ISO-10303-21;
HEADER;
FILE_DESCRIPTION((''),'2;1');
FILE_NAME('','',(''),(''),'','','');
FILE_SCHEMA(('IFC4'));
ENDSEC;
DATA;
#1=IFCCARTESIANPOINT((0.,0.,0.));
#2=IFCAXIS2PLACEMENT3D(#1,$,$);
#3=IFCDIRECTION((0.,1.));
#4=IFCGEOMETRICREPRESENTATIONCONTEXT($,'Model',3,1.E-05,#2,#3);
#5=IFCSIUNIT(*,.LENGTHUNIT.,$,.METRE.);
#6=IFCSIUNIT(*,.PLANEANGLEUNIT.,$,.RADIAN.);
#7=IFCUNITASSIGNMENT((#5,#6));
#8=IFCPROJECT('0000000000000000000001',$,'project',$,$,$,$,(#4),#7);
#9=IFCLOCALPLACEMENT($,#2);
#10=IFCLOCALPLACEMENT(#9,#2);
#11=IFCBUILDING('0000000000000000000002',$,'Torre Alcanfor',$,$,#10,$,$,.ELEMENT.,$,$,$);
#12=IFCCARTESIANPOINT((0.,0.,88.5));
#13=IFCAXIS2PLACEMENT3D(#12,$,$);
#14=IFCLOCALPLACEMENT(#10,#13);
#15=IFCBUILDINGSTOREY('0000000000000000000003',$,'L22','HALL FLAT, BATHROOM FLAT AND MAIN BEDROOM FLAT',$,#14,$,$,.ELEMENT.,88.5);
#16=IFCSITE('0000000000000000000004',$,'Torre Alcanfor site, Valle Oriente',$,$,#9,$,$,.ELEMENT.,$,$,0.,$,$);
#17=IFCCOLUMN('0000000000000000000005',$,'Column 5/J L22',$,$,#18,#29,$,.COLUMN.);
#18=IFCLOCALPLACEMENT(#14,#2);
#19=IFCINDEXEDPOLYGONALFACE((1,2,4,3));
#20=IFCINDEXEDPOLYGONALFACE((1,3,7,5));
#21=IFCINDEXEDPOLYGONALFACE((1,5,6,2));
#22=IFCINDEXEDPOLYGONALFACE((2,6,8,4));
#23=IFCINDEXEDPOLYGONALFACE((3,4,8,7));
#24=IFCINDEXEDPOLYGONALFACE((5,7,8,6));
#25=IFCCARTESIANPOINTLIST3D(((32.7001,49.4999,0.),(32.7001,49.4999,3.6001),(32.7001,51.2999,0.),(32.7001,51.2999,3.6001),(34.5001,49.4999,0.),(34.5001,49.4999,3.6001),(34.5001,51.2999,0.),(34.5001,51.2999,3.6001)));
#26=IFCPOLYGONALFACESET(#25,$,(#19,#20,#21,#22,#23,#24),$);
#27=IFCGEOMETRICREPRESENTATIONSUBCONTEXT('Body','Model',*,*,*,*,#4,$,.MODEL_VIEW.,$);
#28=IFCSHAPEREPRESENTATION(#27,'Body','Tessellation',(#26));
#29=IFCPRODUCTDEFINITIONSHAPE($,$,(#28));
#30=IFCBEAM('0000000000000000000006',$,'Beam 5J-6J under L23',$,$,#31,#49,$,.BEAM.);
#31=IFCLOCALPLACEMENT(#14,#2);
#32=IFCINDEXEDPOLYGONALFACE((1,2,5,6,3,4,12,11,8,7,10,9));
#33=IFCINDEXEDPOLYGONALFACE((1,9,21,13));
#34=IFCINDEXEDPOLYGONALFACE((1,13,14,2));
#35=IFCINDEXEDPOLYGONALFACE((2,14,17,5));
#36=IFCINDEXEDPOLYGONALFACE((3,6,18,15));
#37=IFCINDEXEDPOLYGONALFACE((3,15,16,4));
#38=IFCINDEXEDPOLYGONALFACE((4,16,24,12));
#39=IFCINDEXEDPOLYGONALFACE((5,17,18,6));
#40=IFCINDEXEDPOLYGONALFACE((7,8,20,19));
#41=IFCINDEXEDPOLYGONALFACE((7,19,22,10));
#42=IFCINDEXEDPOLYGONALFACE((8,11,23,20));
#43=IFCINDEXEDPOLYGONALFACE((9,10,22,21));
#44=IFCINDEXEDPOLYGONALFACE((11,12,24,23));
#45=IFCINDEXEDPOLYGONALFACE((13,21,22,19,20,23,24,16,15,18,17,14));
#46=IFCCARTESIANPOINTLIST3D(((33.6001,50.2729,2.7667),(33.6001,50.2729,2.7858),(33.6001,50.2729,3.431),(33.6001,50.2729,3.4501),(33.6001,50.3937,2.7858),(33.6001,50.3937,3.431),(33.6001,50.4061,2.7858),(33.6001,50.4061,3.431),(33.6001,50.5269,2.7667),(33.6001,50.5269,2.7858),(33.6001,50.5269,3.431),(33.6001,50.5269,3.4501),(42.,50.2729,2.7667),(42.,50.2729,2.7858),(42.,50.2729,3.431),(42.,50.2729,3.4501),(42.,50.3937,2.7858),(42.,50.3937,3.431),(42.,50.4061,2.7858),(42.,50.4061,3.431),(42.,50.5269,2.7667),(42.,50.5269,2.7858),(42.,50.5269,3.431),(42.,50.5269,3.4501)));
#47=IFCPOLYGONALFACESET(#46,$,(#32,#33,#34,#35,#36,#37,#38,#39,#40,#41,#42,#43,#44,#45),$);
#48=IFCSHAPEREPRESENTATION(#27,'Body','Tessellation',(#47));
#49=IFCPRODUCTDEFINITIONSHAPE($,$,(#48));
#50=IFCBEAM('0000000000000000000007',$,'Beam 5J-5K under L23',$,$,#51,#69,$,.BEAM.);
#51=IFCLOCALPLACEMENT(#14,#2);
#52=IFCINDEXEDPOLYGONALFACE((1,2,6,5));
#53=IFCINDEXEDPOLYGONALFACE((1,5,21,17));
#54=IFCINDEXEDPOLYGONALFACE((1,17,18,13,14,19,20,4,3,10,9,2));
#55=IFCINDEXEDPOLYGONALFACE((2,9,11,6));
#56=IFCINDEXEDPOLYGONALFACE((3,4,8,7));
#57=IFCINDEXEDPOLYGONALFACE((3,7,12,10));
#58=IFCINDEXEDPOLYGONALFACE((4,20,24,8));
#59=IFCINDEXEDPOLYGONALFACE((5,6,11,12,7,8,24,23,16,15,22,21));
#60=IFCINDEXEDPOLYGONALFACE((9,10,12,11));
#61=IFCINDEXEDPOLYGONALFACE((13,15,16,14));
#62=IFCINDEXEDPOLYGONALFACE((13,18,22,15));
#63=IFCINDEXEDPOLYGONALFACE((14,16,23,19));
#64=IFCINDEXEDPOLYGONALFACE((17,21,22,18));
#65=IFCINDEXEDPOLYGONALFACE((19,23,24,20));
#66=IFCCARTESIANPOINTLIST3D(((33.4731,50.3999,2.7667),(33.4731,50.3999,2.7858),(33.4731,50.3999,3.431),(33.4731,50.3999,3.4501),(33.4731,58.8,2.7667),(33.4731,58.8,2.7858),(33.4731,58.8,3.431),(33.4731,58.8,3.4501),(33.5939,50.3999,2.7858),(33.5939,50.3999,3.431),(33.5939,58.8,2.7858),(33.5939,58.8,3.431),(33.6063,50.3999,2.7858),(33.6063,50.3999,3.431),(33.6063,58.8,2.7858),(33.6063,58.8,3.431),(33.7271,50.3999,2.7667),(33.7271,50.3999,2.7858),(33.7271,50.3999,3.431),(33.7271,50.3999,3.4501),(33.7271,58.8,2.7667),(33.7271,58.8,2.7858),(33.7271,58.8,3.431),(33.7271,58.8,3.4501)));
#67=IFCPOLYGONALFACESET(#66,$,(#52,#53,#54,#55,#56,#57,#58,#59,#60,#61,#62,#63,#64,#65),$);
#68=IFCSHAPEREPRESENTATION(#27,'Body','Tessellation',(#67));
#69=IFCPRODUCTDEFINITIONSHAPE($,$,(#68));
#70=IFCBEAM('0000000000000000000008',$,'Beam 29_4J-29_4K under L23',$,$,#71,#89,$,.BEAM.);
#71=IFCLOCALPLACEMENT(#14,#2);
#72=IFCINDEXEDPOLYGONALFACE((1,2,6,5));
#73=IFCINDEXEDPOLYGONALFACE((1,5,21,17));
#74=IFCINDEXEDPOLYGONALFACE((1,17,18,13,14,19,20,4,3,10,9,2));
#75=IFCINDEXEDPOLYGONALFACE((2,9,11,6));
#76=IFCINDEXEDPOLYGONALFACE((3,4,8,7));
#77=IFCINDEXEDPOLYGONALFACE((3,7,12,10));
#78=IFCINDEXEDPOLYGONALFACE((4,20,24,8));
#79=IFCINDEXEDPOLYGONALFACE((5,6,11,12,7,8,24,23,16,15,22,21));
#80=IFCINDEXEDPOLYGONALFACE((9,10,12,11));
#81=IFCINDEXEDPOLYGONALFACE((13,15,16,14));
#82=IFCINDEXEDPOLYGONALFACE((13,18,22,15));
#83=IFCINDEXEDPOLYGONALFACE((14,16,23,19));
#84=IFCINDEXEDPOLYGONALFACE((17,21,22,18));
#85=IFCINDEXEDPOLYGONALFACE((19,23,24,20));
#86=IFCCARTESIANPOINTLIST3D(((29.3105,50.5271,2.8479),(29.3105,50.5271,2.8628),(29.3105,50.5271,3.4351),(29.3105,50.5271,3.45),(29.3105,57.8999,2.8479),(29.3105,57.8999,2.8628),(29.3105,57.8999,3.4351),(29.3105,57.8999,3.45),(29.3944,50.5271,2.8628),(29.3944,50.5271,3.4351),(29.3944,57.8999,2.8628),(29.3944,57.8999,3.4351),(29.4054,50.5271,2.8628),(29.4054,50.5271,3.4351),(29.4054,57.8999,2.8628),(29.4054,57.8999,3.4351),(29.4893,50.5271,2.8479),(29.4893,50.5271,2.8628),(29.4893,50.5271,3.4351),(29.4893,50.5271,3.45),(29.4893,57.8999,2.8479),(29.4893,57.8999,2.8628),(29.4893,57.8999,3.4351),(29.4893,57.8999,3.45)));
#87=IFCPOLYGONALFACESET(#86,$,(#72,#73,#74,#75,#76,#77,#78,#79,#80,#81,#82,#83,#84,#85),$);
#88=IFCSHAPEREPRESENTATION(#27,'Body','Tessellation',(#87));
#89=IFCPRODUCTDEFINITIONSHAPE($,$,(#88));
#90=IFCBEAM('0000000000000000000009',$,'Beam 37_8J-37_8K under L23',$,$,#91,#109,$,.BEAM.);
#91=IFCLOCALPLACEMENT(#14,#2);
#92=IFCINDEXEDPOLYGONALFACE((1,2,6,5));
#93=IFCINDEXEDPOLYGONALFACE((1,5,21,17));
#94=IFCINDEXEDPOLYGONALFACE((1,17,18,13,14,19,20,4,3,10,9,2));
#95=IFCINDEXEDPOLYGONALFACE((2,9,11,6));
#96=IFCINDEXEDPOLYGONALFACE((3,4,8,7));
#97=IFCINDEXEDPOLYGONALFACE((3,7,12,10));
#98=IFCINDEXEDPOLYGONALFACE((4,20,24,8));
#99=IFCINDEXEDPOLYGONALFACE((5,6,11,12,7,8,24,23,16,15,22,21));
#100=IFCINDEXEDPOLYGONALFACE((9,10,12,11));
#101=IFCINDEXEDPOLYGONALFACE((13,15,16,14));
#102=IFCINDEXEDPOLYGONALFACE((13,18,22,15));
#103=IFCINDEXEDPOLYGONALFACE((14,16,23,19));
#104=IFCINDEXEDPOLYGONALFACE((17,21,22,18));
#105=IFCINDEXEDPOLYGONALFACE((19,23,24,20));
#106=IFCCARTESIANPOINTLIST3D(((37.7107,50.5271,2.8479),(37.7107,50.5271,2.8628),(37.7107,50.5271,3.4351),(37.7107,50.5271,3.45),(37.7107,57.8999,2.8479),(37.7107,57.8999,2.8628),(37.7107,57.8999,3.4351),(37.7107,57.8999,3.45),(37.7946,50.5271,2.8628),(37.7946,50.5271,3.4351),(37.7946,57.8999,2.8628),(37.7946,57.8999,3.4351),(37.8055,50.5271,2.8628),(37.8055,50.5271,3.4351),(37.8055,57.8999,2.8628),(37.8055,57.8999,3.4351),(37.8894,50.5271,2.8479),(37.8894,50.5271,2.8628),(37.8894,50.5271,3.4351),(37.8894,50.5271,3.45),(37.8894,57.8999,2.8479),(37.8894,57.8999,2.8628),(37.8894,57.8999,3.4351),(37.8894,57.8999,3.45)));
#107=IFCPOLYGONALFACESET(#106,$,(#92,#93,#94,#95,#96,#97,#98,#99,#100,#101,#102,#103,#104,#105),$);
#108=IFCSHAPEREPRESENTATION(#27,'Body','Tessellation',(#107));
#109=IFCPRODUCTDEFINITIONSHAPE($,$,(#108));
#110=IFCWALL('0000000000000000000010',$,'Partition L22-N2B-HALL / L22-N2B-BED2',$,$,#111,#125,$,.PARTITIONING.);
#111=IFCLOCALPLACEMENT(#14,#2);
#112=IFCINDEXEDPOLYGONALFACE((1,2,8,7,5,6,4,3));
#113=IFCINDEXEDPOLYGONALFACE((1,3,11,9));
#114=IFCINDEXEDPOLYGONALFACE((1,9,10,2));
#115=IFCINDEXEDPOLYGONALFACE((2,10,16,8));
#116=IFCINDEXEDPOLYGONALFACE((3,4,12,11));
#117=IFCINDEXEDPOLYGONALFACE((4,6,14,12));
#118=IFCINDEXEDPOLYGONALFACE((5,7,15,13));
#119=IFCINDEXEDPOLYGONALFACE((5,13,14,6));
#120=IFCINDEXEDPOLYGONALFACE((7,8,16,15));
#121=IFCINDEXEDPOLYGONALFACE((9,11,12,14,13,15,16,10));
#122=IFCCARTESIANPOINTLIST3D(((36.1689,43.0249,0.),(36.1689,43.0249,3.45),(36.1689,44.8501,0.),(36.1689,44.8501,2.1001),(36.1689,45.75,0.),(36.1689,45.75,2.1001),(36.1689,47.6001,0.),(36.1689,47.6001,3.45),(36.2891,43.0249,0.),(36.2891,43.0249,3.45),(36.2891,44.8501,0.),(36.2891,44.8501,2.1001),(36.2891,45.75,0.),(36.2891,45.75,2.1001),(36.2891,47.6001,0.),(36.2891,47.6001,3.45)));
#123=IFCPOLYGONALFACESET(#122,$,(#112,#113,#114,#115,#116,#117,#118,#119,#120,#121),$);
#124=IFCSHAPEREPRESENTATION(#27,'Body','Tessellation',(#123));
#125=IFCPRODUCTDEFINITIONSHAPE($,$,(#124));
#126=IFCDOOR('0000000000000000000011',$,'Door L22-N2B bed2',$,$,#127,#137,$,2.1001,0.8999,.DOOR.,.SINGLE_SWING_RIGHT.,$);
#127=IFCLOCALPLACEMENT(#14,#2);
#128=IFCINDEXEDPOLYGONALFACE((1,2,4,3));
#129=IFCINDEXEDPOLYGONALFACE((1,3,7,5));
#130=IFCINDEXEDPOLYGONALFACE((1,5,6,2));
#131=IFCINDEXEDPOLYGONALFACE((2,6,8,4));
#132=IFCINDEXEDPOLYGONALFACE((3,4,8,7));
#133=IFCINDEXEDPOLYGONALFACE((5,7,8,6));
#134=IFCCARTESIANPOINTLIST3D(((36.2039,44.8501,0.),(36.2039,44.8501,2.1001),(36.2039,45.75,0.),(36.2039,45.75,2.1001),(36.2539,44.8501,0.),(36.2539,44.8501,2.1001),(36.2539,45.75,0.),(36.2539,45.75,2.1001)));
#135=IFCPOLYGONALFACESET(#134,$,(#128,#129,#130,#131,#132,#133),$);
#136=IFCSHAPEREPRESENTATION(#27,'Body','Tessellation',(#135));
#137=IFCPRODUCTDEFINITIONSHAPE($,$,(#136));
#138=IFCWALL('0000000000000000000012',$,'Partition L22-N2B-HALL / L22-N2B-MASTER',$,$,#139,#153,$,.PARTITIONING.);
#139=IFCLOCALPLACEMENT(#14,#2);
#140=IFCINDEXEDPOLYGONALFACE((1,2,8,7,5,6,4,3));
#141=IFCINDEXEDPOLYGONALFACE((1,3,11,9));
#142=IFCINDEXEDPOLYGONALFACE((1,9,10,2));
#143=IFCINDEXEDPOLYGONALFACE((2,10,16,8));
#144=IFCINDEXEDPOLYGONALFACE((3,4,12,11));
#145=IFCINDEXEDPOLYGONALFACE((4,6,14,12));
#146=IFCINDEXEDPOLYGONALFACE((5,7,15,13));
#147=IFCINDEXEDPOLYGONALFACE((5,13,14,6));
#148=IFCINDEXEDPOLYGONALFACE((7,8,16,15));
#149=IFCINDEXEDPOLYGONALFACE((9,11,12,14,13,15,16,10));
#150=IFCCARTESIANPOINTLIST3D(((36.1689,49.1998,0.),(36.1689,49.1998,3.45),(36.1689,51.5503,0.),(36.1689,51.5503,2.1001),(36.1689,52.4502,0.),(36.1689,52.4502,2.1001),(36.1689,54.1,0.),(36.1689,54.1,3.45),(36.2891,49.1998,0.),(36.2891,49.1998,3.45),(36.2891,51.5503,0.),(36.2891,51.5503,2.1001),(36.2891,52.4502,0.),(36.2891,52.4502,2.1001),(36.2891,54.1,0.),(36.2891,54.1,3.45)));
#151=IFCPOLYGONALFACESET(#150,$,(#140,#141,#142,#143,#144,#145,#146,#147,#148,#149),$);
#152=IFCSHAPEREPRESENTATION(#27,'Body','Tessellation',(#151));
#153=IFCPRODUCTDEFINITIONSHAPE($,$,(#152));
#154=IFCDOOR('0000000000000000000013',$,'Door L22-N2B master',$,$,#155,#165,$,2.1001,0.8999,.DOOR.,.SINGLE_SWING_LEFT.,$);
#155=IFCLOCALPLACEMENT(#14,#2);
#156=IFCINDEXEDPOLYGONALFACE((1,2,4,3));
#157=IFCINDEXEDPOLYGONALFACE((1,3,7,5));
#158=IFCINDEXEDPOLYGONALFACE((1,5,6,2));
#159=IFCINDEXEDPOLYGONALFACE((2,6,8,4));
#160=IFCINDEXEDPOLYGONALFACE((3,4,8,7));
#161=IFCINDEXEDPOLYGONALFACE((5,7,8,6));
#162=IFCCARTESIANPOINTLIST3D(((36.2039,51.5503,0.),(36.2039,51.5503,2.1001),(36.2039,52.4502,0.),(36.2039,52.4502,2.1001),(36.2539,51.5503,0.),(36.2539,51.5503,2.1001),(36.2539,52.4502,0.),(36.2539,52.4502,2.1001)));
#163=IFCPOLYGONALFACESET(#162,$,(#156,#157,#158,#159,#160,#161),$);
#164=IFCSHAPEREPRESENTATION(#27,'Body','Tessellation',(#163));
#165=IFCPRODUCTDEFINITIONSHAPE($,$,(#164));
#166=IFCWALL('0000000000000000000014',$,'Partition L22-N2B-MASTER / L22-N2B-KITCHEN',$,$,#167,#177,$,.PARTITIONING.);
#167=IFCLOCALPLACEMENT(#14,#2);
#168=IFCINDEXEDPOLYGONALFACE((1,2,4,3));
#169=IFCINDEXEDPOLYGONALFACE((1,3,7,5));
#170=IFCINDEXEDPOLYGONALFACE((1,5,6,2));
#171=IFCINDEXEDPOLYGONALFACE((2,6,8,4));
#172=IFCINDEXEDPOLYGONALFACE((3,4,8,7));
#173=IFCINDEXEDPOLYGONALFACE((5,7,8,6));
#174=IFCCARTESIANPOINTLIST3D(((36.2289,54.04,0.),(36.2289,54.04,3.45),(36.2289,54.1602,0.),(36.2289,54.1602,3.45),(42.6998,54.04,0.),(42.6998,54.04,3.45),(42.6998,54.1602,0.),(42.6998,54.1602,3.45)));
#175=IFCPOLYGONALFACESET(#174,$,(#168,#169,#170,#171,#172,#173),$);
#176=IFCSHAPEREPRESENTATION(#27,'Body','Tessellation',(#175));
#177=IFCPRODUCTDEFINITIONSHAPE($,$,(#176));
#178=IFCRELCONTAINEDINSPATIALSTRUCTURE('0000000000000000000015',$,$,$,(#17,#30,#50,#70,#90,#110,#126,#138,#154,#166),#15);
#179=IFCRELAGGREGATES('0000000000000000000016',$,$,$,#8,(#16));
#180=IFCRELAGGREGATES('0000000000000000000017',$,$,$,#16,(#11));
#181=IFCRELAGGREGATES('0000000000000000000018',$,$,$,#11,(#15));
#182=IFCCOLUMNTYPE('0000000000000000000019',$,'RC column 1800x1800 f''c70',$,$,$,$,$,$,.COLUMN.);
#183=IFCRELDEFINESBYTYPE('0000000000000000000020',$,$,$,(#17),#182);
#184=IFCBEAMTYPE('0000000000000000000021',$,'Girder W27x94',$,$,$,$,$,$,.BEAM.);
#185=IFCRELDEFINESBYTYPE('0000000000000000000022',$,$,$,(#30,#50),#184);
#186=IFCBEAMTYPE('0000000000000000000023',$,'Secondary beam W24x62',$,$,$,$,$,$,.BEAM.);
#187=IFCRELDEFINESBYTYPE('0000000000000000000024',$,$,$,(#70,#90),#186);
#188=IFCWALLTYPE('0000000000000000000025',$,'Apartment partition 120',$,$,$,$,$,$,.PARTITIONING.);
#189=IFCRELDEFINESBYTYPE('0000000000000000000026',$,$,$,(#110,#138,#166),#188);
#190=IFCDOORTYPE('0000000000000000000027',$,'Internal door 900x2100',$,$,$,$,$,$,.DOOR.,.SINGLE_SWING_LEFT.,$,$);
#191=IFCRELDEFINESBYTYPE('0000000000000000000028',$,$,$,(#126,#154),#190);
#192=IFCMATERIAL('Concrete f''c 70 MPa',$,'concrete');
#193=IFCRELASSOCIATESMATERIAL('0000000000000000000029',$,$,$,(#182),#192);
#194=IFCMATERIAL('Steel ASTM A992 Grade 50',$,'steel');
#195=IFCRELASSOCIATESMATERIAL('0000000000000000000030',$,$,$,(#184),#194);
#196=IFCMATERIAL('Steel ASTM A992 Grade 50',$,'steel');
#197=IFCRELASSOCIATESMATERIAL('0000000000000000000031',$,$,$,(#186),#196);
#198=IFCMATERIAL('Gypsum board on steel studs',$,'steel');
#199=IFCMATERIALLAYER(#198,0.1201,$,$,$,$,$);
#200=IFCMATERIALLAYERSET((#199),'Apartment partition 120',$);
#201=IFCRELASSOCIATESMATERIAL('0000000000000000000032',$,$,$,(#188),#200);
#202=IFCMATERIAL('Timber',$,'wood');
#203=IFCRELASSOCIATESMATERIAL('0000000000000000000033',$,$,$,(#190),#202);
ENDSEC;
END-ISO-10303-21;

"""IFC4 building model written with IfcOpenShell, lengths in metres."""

from ifc_helpers import new_model, si_unit, direction, frame, frame_2d, origin, origin_2d, place, context, subcontext, project, spatial, rectangle, i_section, extrude, material, layer, layer_set, material_profile, profile_set, type_object, element, fill, save


model = new_model("IFC4")

# Units and contexts
model_context = context("Model", 3, precision=1e-05, world=origin(), true_north=direction((0.0, 1.0)))
body_context = subcontext(model_context, "Body", "Model", "MODEL_VIEW")
ifc_project = project(units=[si_unit("LENGTHUNIT", "METRE"), si_unit("PLANEANGLEUNIT", "RADIAN")], contexts=[model_context])

# Site, building, storey
site_placement = place(None, origin())
site = spatial("IfcSite", under=ifc_project, at=site_placement, Name="Torre Alcanfor site, Valle Oriente", CompositionType="ELEMENT", RefElevation=0.0)
building_placement = place(site_placement, origin())
building = spatial("IfcBuilding", under=site, at=building_placement, Name="Torre Alcanfor", CompositionType="ELEMENT")
storey_placement = place(building_placement, frame((0.0, 0.0, 88.5)))
storey = spatial("IfcBuildingStorey", under=building, at=storey_placement, Name="L22", Description="HALL FLAT, BATHROOM FLAT AND MAIN BEDROOM FLAT", CompositionType="ELEMENT", Elevation=88.5)

# Column
ifc_material_1 = material(Name="Concrete f'c 70 MPa", Category="concrete")
ifc_material_profile_1 = material_profile(ifc_material_1, rectangle(XDim=1.8, YDim=1.8, at=origin_2d()), Name="1800x1800")
ifc_profile_set_1 = profile_set([ifc_material_profile_1], Name="Concrete f'c 70 MPa")
column_type = type_object("IfcColumnType", Name="RC column 1800x1800 f'c70", PredefinedType="COLUMN", material=ifc_profile_set_1)
column_placement = place(storey_placement, frame((33.6001, 50.3999, 0.0), z_axis=(0.0, 0.0, 1.0), x_axis=(1.0, 0.0, 0.0)))
element("IfcColumn", 1, at=column_placement, inside=storey, type_object=column_type, Name="Column 5/J L22", PredefinedType="COLUMN", context=body_context, shape_type="SweptSolid", body=[
    extrude(rectangle(XDim=1.8, YDim=1.8, at=origin_2d()), origin(), (0.0, 0.0, 1.0), 3.6001),
])

# Beams
ifc_material_2 = material(Name="Steel ASTM A992 Grade 50", Category="steel")
ifc_material_profile_2 = material_profile(ifc_material_2, i_section(OverallWidth=0.2539, OverallDepth=0.6833, WebThickness=0.0125, FlangeThickness=0.019, at=origin_2d()), Name="W27x94")
ifc_profile_set_2 = profile_set([ifc_material_profile_2], Name="Steel ASTM A992 Grade 50")
beam_type_1 = type_object("IfcBeamType", Name="Girder W27x94", PredefinedType="BEAM", material=ifc_profile_set_2)
beam_1_placement = place(storey_placement, frame((33.6001, 50.3999, 3.1084), z_axis=(1.0, 0.0, 0.0), x_axis=(0.0, 1.0, 0.0)))
element("IfcBeam", 2, at=beam_1_placement, inside=storey, type_object=beam_type_1, Name="Beam 5J-6J under L23", PredefinedType="BEAM", context=body_context, shape_type="SweptSolid", body=[
    extrude(i_section(OverallWidth=0.2539, OverallDepth=0.6833, WebThickness=0.0125, FlangeThickness=0.019, at=origin_2d()), origin(), (0.0, 0.0, 1.0), 8.3999),
])
beam_2_placement = place(storey_placement, frame((33.6001, 50.3999, 3.1084), z_axis=(0.0, 1.0, 0.0), x_axis=(-1.0, 0.0, 0.0)))
element("IfcBeam", 3, at=beam_2_placement, inside=storey, type_object=beam_type_1, Name="Beam 5J-5K under L23", PredefinedType="BEAM", context=body_context, shape_type="SweptSolid", body=[
    extrude(i_section(OverallWidth=0.2539, OverallDepth=0.6833, WebThickness=0.0125, FlangeThickness=0.019, at=origin_2d()), origin(), (0.0, 0.0, 1.0), 8.4001),
])
ifc_material_3 = material(Name="Steel ASTM A992 Grade 50", Category="steel")
ifc_material_profile_3 = material_profile(ifc_material_3, i_section(OverallWidth=0.1787, OverallDepth=0.6021, WebThickness=0.011, FlangeThickness=0.0149, at=origin_2d()), Name="W24x62")
ifc_profile_set_3 = profile_set([ifc_material_profile_3], Name="Steel ASTM A992 Grade 50")
beam_type_2 = type_object("IfcBeamType", Name="Secondary beam W24x62", PredefinedType="BEAM", material=ifc_profile_set_3)
for number, where, z_axis, x_axis, name in (
    (4, (29.3999, 50.5271, 3.1489), (0.0, 1.0, 0.0), (-1.0, 0.0, 0.0), "Beam 29_4J-29_4K under L23"),
    (5, (37.8, 50.5271, 3.1489), (0.0, 1.0, 0.0), (-1.0, 0.0, 0.0), "Beam 37_8J-37_8K under L23"),
):
    element("IfcBeam", number, at=place(storey_placement, frame(where, z_axis=z_axis, x_axis=x_axis)), inside=storey, type_object=beam_type_2, Name=name, PredefinedType="BEAM", context=body_context, shape_type="SweptSolid", body=[
        extrude(i_section(OverallWidth=0.1787, OverallDepth=0.6021, WebThickness=0.011, FlangeThickness=0.0149, at=origin_2d()), origin(), (0.0, 0.0, 1.0), 7.3728),
    ])

# Walls, openings, doors
ifc_material_4 = material(Name="Gypsum board on steel studs", Category="steel")
ifc_layer_1 = layer(ifc_material_4, 0.1201)
ifc_layer_set_1 = layer_set([ifc_layer_1], Name="Apartment partition 120")
wall_type_1 = type_object("IfcWallType", Name="Apartment partition 120", PredefinedType="PARTITIONING", material=ifc_layer_set_1)
wall_1_placement = place(storey_placement, frame((36.229, 47.6001, 0.0), z_axis=(0.0, 0.0, 1.0), x_axis=(0.0, -1.0, 0.0)))
wall_1 = element("IfcWall", 6, at=wall_1_placement, inside=storey, type_object=wall_type_1, Name="Partition L22-N2B-HALL / L22-N2B-BED2", PredefinedType="PARTITIONING", context=body_context, shape_type="SweptSolid", body=[
    extrude(rectangle(XDim=4.5752, YDim=0.1201, at=frame_2d((2.2876, 0.0))), origin(), (0.0, 0.0, 1.0), 3.45),
])
opening_1_placement = place(wall_1_placement, frame((1.8501, 0.0, 0.0)))
opening_1 = element("IfcOpeningElement", 7, at=opening_1_placement, cuts=wall_1, PredefinedType="OPENING", context=body_context, shape_type="SweptSolid", body=[
    extrude(rectangle(XDim=0.8999, YDim=2.1001, at=frame_2d((0.45, 1.05))), frame((0.0, 0.0701, 0.0), z_axis=(0.0, -1.0, 0.0), x_axis=(1.0, 0.0, 0.0)), (0.0, 0.0, 1.0), 0.1401),
])
ifc_material_5 = material(Name="Timber", Category="wood")
door_type_1 = type_object("IfcDoorType", Name="Internal door 900x2100", OperationType="SINGLE_SWING_LEFT", PredefinedType="DOOR", material=ifc_material_5)
door_1_placement = place(opening_1_placement, origin())
door_1 = element("IfcDoor", 8, at=door_1_placement, inside=storey, type_object=door_type_1, Name="Door L22-N2B bed2", OperationType="SINGLE_SWING_RIGHT", OverallHeight=2.1001, OverallWidth=0.8999, PredefinedType="DOOR", context=body_context, shape_type="SweptSolid", body=[
    extrude(rectangle(XDim=0.8999, YDim=2.1001, at=frame_2d((0.45, 1.05))), frame((0.0, 0.0249, 0.0), z_axis=(0.0, -1.0, 0.0), x_axis=(1.0, 0.0, 0.0)), (0.0, 0.0, 1.0), 0.05),
])
fill(opening_1, door_1)
wall_2_placement = place(storey_placement, frame((36.229, 54.1001, 0.0), z_axis=(0.0, 0.0, 1.0), x_axis=(0.0, -1.0, 0.0)))
wall_2 = element("IfcWall", 9, at=wall_2_placement, inside=storey, type_object=wall_type_1, Name="Partition L22-N2B-HALL / L22-N2B-MASTER", PredefinedType="PARTITIONING", context=body_context, shape_type="SweptSolid", body=[
    extrude(rectangle(XDim=4.9001, YDim=0.1201, at=frame_2d((2.4502, 0.0))), origin(), (0.0, 0.0, 1.0), 3.45),
])
opening_2_placement = place(wall_2_placement, frame((1.6499, 0.0, 0.0)))
opening_2 = element("IfcOpeningElement", 10, at=opening_2_placement, cuts=wall_2, PredefinedType="OPENING", context=body_context, shape_type="SweptSolid", body=[
    extrude(rectangle(XDim=0.8999, YDim=2.1001, at=frame_2d((0.45, 1.05))), frame((0.0, 0.0701, 0.0), z_axis=(0.0, -1.0, 0.0), x_axis=(1.0, 0.0, 0.0)), (0.0, 0.0, 1.0), 0.1401),
])
door_2_placement = place(opening_2_placement, origin())
door_2 = element("IfcDoor", 11, at=door_2_placement, inside=storey, type_object=door_type_1, Name="Door L22-N2B master", OperationType="SINGLE_SWING_LEFT", OverallHeight=2.1001, OverallWidth=0.8999, PredefinedType="DOOR", context=body_context, shape_type="SweptSolid", body=[
    extrude(rectangle(XDim=0.8999, YDim=2.1001, at=frame_2d((0.45, 1.05))), frame((0.0, 0.0249, 0.0), z_axis=(0.0, -1.0, 0.0), x_axis=(1.0, 0.0, 0.0)), (0.0, 0.0, 1.0), 0.05),
])
fill(opening_2, door_2)

# Wall
wall_3_placement = place(storey_placement, frame((36.229, 54.1001, 0.0), z_axis=(0.0, 0.0, 1.0), x_axis=(1.0, 0.0, 0.0)))
element("IfcWall", 12, at=wall_3_placement, inside=storey, type_object=wall_type_1, Name="Partition L22-N2B-MASTER / L22-N2B-KITCHEN", PredefinedType="PARTITIONING", context=body_context, shape_type="SweptSolid", body=[
    extrude(rectangle(XDim=6.4709, YDim=0.1201, at=frame_2d((3.2354, 0.0))), origin(), (0.0, 0.0, 1.0), 3.45),
])

save(model, "model.ifc")
